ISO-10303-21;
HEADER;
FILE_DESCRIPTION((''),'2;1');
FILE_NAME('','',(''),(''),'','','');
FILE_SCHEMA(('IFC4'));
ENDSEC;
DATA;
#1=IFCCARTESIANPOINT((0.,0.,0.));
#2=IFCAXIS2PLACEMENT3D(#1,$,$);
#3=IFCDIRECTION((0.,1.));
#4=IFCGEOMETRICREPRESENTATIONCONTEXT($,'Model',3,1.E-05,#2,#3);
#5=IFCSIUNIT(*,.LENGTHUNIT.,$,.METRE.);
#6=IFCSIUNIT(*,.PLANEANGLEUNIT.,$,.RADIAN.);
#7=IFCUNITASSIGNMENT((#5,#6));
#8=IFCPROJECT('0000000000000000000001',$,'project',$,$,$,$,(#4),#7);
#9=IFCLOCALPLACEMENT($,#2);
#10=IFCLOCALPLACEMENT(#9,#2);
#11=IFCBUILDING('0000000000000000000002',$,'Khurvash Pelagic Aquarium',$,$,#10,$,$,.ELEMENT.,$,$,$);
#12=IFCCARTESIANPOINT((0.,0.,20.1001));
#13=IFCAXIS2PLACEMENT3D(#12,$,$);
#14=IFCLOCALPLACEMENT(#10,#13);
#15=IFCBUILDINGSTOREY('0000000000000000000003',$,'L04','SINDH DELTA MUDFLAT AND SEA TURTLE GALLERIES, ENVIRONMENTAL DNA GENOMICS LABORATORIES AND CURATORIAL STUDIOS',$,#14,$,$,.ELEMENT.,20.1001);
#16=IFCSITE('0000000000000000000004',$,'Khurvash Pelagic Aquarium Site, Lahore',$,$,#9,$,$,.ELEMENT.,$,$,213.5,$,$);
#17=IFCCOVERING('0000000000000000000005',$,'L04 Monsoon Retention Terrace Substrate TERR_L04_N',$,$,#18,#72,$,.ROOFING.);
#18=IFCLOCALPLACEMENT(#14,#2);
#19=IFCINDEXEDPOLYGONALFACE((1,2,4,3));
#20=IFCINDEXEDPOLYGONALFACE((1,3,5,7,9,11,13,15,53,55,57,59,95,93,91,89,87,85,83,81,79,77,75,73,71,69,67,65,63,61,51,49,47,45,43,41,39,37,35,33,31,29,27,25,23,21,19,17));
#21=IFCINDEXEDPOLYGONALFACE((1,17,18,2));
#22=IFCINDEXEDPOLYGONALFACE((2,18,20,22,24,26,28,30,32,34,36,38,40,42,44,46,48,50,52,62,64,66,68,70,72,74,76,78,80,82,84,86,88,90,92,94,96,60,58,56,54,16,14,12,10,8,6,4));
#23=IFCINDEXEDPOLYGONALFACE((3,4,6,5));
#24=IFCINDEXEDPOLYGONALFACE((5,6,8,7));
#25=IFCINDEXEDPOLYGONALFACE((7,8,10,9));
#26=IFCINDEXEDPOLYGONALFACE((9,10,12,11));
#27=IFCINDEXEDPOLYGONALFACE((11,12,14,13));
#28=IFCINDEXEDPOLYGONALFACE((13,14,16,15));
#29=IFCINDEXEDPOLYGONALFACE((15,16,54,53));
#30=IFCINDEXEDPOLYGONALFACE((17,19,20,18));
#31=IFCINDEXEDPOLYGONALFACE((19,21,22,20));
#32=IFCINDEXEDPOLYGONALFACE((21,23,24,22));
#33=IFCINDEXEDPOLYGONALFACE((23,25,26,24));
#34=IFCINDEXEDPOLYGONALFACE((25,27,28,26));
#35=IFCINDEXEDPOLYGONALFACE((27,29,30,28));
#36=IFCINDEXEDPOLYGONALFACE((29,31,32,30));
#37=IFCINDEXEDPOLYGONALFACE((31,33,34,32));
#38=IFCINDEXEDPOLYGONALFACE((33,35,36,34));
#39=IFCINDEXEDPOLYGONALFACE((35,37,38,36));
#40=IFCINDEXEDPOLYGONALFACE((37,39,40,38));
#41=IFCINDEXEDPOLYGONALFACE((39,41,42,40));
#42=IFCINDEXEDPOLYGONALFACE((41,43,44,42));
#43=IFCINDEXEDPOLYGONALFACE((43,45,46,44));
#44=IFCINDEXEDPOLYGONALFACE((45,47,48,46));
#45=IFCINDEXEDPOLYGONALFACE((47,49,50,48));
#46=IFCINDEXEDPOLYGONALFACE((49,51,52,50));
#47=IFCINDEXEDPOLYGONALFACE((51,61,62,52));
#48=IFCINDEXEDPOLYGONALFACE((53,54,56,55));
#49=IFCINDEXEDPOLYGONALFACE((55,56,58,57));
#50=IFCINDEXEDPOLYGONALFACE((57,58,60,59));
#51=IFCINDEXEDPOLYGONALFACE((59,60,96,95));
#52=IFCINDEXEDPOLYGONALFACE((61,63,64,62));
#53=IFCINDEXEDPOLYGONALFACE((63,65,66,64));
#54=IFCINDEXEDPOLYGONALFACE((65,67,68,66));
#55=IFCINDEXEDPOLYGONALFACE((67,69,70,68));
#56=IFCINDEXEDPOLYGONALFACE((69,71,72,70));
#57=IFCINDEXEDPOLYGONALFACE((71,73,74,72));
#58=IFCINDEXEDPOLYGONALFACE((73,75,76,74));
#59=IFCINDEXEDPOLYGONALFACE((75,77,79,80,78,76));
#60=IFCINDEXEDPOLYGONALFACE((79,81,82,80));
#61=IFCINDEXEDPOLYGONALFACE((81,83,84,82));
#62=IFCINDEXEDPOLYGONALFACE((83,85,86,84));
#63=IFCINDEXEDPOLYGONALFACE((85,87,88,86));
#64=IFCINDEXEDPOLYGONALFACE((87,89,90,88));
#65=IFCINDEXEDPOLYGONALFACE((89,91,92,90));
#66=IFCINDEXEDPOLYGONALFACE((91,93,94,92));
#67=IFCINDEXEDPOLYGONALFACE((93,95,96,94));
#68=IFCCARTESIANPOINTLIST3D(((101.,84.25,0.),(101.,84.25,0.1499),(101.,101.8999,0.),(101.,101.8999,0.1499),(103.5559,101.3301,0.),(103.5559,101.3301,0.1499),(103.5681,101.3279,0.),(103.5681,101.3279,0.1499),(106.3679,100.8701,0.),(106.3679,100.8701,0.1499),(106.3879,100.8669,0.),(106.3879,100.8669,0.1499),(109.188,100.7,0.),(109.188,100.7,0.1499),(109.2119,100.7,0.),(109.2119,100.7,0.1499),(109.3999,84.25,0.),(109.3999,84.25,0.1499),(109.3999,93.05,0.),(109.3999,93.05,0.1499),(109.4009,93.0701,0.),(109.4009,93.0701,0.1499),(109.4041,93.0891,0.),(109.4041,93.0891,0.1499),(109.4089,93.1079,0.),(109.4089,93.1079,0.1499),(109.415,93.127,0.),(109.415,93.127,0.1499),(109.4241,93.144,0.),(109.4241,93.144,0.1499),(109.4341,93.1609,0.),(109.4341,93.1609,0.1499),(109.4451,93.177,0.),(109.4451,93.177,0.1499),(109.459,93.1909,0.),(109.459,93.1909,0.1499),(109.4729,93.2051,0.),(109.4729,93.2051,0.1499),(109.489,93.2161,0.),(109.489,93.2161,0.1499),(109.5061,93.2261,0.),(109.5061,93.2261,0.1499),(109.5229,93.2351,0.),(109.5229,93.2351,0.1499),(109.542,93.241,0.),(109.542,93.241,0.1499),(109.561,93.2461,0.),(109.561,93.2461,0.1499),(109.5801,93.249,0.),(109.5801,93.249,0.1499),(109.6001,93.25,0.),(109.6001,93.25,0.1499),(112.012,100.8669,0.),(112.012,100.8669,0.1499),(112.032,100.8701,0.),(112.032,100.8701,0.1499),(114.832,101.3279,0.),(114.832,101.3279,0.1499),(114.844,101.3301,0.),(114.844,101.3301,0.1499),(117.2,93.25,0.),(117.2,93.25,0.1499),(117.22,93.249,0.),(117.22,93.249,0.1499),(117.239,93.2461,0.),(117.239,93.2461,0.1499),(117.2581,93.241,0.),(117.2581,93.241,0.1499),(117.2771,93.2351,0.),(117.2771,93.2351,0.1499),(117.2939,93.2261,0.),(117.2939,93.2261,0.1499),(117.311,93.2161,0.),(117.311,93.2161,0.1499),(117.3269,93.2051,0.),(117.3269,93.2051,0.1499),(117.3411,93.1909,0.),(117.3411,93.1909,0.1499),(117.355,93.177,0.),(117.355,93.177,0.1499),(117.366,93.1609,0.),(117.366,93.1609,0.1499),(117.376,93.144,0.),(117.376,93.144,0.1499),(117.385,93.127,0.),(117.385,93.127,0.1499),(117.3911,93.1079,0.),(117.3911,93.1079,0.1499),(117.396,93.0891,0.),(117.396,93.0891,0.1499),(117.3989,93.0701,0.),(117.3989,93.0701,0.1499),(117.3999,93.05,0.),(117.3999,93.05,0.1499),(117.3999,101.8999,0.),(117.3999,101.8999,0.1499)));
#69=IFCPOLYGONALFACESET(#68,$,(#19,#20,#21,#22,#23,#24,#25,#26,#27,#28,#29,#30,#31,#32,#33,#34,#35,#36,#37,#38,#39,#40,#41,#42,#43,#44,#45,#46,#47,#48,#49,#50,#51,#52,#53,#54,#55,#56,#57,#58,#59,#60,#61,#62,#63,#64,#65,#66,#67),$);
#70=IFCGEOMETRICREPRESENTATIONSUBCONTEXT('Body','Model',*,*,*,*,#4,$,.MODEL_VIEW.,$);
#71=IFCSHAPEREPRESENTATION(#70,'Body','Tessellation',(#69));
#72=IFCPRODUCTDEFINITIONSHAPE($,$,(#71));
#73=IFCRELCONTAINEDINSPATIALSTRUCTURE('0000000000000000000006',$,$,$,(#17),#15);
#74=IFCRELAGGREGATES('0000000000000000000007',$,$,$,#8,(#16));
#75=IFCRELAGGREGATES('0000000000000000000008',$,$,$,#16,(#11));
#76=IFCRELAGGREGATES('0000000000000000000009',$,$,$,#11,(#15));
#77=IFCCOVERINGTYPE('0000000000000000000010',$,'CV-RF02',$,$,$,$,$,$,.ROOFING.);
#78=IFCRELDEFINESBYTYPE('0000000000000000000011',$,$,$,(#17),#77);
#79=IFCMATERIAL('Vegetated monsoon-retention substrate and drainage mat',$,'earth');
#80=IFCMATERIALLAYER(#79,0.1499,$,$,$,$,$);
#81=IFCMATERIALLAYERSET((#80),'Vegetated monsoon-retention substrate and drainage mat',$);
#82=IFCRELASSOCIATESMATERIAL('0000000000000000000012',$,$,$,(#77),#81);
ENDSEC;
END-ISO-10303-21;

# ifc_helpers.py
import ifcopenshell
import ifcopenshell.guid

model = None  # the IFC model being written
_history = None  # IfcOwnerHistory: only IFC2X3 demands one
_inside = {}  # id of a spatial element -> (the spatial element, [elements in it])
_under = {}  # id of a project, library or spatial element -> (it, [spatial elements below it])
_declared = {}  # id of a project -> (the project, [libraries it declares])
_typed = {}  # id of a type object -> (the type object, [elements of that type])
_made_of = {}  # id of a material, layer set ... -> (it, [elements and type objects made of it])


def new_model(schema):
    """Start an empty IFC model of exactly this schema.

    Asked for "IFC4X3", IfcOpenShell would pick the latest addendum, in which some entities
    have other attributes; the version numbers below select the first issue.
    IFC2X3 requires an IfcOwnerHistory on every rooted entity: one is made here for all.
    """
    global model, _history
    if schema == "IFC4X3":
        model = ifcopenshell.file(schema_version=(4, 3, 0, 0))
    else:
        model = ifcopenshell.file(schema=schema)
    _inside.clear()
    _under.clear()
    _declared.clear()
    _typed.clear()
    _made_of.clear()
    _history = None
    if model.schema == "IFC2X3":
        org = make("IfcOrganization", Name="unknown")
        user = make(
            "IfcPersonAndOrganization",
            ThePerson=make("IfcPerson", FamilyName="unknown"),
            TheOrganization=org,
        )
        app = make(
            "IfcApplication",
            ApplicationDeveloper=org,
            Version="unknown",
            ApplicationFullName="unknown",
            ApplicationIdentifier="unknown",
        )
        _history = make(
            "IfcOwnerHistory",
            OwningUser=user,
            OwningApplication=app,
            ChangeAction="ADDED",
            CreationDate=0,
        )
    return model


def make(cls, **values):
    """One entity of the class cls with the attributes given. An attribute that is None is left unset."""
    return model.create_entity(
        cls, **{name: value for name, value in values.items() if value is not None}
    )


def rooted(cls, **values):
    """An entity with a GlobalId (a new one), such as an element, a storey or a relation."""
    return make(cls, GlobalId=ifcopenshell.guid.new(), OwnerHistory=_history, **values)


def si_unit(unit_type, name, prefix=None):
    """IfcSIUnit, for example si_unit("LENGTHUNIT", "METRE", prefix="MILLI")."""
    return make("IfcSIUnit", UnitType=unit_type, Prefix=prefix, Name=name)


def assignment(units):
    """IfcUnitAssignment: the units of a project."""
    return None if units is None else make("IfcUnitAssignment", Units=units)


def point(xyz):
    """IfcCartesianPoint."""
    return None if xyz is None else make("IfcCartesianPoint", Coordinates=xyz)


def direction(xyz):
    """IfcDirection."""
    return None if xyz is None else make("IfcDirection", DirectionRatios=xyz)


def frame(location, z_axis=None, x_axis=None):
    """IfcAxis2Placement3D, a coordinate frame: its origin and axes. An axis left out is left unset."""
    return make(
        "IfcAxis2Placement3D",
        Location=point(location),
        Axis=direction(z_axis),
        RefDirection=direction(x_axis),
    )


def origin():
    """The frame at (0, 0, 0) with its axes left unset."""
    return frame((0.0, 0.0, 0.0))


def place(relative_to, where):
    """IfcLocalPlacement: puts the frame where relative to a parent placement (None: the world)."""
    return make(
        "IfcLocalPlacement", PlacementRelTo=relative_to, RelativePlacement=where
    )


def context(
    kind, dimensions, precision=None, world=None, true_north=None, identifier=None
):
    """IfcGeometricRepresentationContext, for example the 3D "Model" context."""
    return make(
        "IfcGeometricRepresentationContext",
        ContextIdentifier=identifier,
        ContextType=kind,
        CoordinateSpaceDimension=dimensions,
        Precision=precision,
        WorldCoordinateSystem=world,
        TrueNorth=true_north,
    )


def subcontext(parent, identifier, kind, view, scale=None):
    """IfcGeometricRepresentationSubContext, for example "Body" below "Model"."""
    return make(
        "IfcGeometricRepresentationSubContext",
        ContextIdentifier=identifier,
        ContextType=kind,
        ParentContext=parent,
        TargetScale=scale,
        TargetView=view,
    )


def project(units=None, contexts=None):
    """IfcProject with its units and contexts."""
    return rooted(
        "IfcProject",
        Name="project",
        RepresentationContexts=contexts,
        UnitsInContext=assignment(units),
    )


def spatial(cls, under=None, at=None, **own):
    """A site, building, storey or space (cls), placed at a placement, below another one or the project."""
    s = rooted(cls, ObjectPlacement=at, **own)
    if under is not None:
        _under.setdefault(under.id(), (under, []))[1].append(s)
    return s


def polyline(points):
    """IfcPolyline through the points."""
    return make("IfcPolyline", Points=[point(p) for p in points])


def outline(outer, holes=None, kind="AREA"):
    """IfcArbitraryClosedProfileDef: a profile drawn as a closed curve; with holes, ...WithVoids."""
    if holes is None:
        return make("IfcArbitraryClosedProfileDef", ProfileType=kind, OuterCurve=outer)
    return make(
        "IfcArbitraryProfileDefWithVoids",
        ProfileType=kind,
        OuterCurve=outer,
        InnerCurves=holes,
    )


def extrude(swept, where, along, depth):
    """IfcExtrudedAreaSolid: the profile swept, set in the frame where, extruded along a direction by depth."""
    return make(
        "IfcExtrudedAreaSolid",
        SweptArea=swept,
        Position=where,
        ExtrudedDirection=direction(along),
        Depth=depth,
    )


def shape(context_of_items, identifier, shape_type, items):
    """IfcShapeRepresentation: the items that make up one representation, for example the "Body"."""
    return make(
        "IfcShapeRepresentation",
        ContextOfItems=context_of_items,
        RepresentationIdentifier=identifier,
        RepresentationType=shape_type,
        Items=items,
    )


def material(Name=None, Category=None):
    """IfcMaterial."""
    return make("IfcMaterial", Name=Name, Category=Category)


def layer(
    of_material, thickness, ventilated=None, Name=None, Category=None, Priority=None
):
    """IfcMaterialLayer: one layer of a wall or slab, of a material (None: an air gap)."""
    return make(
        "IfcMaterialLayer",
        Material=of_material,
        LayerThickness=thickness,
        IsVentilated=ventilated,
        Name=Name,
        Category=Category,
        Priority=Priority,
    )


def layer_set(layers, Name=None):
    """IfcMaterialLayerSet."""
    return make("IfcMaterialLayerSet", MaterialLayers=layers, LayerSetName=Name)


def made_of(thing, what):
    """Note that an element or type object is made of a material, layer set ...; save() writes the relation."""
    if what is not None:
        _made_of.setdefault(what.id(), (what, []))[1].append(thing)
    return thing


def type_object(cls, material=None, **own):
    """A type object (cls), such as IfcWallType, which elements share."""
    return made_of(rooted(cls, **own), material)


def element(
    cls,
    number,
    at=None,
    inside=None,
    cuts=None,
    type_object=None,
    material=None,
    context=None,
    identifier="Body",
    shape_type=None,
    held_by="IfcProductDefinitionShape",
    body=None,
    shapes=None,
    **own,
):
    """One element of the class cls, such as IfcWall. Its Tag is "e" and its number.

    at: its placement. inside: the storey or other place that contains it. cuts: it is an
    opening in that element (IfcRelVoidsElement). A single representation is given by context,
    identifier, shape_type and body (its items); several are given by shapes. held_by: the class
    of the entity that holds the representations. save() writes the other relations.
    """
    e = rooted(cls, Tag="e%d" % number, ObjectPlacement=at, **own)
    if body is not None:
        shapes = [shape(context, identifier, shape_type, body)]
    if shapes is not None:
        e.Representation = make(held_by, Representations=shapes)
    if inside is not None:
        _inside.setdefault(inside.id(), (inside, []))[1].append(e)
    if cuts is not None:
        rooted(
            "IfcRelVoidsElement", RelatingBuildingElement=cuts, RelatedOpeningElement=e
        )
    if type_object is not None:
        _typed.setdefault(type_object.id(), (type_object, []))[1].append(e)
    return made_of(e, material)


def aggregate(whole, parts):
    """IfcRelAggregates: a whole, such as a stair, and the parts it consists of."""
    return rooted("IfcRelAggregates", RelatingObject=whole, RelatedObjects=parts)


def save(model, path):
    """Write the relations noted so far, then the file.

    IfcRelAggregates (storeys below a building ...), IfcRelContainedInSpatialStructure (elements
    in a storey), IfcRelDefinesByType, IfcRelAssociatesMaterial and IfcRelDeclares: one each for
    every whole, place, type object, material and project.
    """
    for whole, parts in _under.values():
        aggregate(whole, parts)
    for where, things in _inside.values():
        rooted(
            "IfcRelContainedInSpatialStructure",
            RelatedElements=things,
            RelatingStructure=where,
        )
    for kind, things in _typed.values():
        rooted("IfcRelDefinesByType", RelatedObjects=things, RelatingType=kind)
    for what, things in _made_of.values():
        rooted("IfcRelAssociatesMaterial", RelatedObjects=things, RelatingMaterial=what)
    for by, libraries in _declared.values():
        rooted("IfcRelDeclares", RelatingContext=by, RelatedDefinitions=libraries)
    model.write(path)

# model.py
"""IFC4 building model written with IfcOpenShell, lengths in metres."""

from ifc_helpers import new_model, si_unit, direction, frame, origin, place, context, subcontext, project, spatial, polyline, outline, extrude, material, layer, layer_set, type_object, element, save


model = new_model("IFC4")

# Units and contexts
model_context = context("Model", 3, precision=1e-05, world=origin(), true_north=direction((0.0, 1.0)))
body_context = subcontext(model_context, "Body", "Model", "MODEL_VIEW")
ifc_project = project(units=[si_unit("LENGTHUNIT", "METRE"), si_unit("PLANEANGLEUNIT", "RADIAN")], contexts=[model_context])

# Site, building, storey
site_placement = place(None, origin())
site = spatial("IfcSite", under=ifc_project, at=site_placement, Name="Khurvash Pelagic Aquarium Site, Lahore", CompositionType="ELEMENT", RefElevation=213.5)
building_placement = place(site_placement, origin())
building = spatial("IfcBuilding", under=site, at=building_placement, Name="Khurvash Pelagic Aquarium", CompositionType="ELEMENT")
storey_placement = place(building_placement, frame((0.0, 0.0, 20.1001)))
storey = spatial("IfcBuildingStorey", under=building, at=storey_placement, Name="L04", Description="SINDH DELTA MUDFLAT AND SEA TURTLE GALLERIES, ENVIRONMENTAL DNA GENOMICS LABORATORIES AND CURATORIAL STUDIOS", CompositionType="ELEMENT", Elevation=20.1001)

# Covering
ifc_material_1 = material(Name="Vegetated monsoon-retention substrate and drainage mat", Category="earth")
ifc_layer_1 = layer(ifc_material_1, 0.1499)
ifc_layer_set_1 = layer_set([ifc_layer_1], Name="Vegetated monsoon-retention substrate and drainage mat")
covering_type_1 = type_object("IfcCoveringType", Name="CV-RF02", PredefinedType="ROOFING", material=ifc_layer_set_1)
covering_1_placement = place(storey_placement, origin())
element("IfcCovering", 1, at=covering_1_placement, inside=storey, type_object=covering_type_1, Name="L04 Monsoon Retention Terrace Substrate TERR_L04_N", PredefinedType="ROOFING", context=body_context, shape_type="SweptSolid", body=[
    extrude(outline(polyline([(101.0, 84.25), (101.0, 101.8999), (103.5559, 101.3301), (103.5681, 101.3279), (106.3679, 100.8701), (106.3879, 100.8669), (109.188, 100.7), (109.2119, 100.7), (112.012, 100.8669), (112.032, 100.8701), (114.832, 101.3279), (114.844, 101.3301), (117.3999, 101.8999), (117.3999, 93.05), (117.3989, 93.0701), (117.396, 93.0891), (117.3911, 93.1079), (117.385, 93.127), (117.376, 93.144), (117.366, 93.1609), (117.355, 93.177), (117.3411, 93.1909), (117.3269, 93.2051), (117.311, 93.2161), (117.2939, 93.2261), (117.2771, 93.2351), (117.2581, 93.241), (117.239, 93.2461), (117.22, 93.249), (117.2, 93.25), (109.6001, 93.25), (109.5801, 93.249), (109.561, 93.2461), (109.542, 93.241), (109.5229, 93.2351), (109.5061, 93.2261), (109.489, 93.2161), (109.4729, 93.2051), (109.459, 93.1909), (109.4451, 93.177), (109.4341, 93.1609), (109.4241, 93.144), (109.415, 93.127), (109.4089, 93.1079), (109.4041, 93.0891), (109.4009, 93.0701), (109.3999, 93.05), (109.3999, 84.25), (101.0, 84.25)])), origin(), (0.0, 0.0, 1.0), 0.1499),
])

save(model, "model.ifc")
